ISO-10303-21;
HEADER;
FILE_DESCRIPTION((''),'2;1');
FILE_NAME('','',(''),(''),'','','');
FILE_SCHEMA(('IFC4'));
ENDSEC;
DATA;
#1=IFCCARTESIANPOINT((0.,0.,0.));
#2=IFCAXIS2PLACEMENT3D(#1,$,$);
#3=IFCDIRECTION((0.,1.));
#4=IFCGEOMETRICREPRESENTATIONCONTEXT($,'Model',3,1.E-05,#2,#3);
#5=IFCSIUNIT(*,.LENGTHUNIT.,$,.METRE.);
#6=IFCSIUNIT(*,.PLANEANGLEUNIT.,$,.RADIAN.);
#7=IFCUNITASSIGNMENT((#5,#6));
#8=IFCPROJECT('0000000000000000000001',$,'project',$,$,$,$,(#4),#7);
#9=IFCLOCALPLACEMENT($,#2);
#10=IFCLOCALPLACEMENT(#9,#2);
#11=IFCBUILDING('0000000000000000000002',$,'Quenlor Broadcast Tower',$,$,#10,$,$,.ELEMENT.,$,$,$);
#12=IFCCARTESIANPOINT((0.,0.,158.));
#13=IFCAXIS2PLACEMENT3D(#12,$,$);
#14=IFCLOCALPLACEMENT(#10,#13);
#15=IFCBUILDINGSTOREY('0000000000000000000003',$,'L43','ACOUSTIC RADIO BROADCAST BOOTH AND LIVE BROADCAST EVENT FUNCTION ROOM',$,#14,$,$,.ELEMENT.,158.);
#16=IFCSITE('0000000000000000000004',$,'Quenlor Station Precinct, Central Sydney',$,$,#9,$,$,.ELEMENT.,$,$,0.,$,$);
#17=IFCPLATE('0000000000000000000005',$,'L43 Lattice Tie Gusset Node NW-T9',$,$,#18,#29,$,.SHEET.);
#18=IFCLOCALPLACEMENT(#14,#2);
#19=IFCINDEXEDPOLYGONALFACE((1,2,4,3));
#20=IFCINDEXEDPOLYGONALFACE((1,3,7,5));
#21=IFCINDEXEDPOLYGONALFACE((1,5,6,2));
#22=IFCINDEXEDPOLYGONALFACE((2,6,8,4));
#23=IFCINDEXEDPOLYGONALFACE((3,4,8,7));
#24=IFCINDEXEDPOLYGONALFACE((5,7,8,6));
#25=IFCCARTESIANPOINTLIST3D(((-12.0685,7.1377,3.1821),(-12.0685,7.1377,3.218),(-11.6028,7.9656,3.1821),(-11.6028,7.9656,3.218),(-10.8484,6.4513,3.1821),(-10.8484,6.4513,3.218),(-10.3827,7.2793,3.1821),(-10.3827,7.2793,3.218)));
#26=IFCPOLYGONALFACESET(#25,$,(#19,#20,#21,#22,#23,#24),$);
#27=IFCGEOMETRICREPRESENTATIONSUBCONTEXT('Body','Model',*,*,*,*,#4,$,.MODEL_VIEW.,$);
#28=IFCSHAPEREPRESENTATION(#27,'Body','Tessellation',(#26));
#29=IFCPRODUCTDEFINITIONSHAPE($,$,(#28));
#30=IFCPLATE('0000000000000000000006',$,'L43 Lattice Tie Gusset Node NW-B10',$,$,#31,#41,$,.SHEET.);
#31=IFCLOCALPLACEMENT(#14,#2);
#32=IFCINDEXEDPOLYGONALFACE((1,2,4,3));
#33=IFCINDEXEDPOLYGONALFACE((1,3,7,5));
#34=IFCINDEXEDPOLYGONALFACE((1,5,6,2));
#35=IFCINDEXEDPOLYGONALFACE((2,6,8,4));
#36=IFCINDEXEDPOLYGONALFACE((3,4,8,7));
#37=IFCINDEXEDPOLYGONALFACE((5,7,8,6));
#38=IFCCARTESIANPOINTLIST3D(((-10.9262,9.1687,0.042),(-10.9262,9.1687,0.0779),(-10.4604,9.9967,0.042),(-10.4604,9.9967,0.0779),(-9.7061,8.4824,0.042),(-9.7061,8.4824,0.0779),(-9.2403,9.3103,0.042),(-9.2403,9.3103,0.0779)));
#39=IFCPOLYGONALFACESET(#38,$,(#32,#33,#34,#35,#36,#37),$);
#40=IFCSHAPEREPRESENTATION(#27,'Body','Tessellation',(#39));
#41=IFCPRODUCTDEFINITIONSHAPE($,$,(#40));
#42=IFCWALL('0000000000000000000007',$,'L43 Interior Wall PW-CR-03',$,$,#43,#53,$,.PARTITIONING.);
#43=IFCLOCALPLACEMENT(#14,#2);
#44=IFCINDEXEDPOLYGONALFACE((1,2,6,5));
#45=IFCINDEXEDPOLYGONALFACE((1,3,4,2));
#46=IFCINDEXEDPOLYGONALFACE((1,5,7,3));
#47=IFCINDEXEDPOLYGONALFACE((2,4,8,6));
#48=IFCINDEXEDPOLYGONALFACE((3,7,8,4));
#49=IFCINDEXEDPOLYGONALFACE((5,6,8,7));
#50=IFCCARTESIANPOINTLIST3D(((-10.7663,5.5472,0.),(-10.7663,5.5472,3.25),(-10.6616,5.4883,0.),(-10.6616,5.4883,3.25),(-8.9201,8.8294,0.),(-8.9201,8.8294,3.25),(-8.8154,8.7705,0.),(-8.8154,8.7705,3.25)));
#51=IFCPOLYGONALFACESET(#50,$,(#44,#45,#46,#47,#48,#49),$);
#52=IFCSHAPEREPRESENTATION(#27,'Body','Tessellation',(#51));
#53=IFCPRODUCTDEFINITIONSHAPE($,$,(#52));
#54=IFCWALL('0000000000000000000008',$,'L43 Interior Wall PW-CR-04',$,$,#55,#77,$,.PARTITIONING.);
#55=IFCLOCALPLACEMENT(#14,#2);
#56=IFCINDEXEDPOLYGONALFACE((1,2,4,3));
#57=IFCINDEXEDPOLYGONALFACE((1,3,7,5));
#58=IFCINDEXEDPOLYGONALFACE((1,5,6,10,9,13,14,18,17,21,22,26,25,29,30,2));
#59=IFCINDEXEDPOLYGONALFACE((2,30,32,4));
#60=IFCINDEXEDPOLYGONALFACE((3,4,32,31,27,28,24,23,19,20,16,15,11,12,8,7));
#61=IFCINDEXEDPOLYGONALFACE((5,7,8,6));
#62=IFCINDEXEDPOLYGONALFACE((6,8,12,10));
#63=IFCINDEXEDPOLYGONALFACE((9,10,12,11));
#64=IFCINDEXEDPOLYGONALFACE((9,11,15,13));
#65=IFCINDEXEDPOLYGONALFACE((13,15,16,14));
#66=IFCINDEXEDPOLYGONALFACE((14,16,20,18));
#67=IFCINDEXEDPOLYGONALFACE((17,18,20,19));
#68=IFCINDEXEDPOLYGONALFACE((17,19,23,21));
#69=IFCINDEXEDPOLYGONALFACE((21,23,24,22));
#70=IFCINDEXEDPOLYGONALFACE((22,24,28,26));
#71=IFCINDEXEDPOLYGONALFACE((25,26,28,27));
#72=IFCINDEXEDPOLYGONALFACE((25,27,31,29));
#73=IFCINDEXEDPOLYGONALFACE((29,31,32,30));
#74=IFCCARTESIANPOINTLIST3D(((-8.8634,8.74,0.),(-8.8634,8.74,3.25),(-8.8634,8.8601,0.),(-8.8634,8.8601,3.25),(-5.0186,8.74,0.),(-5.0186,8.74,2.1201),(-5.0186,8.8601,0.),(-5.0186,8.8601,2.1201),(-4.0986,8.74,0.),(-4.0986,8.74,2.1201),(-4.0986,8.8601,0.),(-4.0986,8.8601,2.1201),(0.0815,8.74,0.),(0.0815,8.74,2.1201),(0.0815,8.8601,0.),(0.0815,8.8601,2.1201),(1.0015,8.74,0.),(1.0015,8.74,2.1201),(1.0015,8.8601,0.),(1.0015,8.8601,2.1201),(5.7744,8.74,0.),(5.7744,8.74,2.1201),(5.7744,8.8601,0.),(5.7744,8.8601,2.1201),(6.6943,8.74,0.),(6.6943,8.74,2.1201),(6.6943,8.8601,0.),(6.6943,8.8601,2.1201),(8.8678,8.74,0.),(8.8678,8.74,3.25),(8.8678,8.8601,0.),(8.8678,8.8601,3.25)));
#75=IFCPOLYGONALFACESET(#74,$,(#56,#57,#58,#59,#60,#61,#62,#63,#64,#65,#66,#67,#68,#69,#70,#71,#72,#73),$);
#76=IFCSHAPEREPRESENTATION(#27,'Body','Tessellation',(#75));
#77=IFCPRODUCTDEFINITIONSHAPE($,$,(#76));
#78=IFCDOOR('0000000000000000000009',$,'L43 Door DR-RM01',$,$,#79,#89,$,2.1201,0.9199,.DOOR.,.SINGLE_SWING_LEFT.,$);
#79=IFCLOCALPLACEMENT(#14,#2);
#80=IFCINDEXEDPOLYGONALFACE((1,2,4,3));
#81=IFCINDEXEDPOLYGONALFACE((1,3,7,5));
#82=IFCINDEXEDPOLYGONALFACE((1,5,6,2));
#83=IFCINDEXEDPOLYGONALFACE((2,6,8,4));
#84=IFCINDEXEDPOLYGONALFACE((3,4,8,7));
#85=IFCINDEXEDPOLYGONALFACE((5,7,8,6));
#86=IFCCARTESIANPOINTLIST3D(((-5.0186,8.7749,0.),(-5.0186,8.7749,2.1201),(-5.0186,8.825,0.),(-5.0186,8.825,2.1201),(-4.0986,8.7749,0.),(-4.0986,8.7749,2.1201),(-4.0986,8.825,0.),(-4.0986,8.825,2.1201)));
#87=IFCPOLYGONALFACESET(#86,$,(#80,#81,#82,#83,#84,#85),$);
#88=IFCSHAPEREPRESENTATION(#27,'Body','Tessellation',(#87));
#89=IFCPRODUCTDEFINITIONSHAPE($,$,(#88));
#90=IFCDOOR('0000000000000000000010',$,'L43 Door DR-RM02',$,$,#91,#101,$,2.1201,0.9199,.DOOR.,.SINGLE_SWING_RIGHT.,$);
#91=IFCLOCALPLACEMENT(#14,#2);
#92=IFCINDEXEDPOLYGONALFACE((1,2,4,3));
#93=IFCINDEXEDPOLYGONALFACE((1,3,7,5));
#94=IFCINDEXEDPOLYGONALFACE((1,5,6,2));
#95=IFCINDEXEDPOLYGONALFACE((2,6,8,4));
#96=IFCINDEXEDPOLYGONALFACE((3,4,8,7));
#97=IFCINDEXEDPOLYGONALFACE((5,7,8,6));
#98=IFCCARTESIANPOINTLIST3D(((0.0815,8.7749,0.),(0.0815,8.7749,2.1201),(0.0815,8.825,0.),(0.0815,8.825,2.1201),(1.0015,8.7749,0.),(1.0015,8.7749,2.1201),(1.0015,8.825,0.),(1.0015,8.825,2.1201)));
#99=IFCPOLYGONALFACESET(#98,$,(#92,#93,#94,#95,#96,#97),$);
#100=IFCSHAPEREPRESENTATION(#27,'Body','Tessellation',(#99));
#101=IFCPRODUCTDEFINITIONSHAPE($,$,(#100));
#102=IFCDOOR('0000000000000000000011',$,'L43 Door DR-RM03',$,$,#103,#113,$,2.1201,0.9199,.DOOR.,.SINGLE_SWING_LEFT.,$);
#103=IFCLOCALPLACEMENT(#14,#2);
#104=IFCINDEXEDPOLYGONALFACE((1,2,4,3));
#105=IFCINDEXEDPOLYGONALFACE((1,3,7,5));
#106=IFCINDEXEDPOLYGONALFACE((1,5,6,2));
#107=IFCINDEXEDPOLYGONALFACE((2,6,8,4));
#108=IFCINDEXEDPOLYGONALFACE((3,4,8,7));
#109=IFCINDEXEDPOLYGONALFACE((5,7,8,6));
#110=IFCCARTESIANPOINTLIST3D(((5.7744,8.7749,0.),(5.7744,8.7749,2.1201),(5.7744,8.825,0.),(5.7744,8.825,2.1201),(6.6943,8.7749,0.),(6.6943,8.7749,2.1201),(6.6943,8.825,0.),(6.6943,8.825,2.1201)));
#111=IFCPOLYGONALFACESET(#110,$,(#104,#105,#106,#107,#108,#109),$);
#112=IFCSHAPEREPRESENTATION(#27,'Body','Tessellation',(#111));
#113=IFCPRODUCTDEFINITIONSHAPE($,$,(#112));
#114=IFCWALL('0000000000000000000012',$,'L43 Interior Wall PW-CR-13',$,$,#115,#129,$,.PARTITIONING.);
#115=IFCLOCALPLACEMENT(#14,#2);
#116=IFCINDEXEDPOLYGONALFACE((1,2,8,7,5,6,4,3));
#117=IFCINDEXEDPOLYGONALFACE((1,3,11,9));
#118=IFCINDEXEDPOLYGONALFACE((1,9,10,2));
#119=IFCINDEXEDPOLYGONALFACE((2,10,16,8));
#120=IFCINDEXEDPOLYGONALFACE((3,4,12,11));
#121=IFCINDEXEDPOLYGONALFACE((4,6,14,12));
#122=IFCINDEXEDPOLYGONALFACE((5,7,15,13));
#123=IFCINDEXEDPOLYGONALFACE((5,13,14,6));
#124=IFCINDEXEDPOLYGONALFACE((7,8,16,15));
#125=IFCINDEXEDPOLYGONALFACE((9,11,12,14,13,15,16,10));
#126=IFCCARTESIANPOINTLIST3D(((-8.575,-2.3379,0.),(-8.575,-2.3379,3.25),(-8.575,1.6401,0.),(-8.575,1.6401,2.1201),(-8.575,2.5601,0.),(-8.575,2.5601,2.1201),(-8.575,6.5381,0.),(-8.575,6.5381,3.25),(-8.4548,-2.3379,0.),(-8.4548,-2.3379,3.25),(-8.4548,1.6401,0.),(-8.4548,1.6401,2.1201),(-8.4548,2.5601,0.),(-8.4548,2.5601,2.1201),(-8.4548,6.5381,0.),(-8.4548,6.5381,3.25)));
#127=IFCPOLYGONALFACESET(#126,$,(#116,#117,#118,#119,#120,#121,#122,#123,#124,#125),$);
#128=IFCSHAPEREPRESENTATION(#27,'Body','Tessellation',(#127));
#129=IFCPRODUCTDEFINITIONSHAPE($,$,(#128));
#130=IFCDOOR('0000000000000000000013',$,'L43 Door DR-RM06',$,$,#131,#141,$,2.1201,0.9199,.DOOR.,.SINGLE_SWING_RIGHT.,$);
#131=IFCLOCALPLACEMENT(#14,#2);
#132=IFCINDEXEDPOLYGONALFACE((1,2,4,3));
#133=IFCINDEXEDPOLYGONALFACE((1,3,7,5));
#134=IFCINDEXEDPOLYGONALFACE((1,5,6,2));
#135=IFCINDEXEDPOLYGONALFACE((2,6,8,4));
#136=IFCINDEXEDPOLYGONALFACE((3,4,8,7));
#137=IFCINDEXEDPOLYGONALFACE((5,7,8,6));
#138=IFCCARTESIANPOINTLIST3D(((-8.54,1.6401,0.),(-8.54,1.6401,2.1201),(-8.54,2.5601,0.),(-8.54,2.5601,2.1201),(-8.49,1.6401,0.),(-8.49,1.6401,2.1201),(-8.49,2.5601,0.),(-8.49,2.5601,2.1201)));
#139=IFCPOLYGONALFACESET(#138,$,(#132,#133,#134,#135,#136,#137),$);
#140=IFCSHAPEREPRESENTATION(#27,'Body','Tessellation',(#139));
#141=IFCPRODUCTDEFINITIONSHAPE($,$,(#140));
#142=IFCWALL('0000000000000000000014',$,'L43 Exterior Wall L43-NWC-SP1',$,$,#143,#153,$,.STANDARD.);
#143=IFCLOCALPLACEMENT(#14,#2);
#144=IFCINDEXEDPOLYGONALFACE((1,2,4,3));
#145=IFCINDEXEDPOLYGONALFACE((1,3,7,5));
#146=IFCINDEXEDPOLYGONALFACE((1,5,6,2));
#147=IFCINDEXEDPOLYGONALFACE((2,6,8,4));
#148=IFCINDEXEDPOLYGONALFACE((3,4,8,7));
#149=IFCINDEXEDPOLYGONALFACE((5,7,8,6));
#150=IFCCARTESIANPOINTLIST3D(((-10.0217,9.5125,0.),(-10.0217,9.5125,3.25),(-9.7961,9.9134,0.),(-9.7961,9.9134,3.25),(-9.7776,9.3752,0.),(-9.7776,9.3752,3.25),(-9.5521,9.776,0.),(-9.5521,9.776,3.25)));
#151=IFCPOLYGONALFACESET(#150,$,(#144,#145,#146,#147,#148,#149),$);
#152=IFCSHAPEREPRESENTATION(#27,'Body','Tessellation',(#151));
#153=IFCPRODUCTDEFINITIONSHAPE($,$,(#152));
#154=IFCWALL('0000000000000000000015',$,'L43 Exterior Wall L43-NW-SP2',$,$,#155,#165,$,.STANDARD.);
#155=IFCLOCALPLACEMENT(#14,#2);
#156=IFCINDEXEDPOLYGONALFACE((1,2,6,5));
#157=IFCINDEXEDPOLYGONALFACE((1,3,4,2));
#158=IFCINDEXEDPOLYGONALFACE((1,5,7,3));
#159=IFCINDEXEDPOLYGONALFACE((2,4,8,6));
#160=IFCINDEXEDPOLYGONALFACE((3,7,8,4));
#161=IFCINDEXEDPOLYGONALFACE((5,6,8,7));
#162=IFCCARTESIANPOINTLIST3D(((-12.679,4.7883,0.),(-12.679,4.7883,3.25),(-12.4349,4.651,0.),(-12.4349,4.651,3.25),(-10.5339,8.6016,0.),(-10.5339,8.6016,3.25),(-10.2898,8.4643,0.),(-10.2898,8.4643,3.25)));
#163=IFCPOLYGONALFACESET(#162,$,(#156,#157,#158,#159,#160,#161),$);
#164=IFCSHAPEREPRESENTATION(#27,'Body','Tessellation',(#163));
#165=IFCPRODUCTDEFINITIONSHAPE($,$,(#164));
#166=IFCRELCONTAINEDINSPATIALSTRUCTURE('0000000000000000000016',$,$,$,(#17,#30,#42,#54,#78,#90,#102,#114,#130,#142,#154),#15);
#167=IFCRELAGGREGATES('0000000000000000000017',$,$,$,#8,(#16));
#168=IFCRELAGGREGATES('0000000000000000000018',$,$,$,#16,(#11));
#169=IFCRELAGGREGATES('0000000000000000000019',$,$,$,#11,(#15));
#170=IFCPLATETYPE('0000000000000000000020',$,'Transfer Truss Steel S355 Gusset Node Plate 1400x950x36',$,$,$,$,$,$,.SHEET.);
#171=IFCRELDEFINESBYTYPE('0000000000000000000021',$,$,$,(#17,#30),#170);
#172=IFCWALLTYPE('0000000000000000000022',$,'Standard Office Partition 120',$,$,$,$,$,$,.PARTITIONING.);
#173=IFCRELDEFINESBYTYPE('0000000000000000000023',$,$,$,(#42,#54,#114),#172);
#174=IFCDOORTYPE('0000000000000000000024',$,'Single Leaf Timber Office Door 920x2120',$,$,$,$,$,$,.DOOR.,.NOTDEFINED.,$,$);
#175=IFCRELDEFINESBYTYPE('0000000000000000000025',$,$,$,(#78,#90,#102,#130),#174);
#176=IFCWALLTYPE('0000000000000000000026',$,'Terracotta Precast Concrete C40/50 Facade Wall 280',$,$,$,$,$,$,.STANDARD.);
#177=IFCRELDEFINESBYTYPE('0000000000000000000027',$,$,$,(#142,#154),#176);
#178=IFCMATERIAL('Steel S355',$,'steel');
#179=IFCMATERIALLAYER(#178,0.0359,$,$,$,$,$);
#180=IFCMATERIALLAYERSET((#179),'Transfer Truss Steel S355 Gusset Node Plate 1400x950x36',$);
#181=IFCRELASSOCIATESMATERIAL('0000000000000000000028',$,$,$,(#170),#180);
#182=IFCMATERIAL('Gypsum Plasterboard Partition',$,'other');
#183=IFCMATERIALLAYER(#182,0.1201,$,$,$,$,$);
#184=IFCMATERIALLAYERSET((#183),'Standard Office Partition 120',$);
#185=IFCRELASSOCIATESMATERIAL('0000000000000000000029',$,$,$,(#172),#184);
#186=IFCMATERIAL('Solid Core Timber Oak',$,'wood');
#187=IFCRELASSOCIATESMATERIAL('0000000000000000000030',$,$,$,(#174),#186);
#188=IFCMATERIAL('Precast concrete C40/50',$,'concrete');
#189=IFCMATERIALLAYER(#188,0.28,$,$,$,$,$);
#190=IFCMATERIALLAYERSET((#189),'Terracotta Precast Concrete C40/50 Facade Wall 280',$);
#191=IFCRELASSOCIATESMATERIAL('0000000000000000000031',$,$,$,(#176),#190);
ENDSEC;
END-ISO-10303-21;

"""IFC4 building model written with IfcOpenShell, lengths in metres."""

from ifc_helpers import new_model, si_unit, direction, frame, frame_2d, origin, origin_2d, place, context, subcontext, project, spatial, rectangle, extrude, material, layer, layer_set, type_object, element, fill, save


model = new_model("IFC4")

# Units and contexts
model_context = context("Model", 3, precision=1e-05, world=origin(), true_north=direction((0.0, 1.0)))
body_context = subcontext(model_context, "Body", "Model", "MODEL_VIEW")
ifc_project = project(units=[si_unit("LENGTHUNIT", "METRE"), si_unit("PLANEANGLEUNIT", "RADIAN")], contexts=[model_context])

# Site, building, storey
site_placement = place(None, origin())
site = spatial("IfcSite", under=ifc_project, at=site_placement, Name="Quenlor Station Precinct, Central Sydney", CompositionType="ELEMENT", RefElevation=0.0)
building_placement = place(site_placement, origin())
building = spatial("IfcBuilding", under=site, at=building_placement, Name="Quenlor Broadcast Tower", CompositionType="ELEMENT")
storey_placement = place(building_placement, frame((0.0, 0.0, 158.0)))
storey = spatial("IfcBuildingStorey", under=building, at=storey_placement, Name="L43", Description="ACOUSTIC RADIO BROADCAST BOOTH AND LIVE BROADCAST EVENT FUNCTION ROOM", CompositionType="ELEMENT", Elevation=158.0)

# Plates
ifc_material_1 = material(Name="Steel S355", Category="steel")
ifc_layer_1 = layer(ifc_material_1, 0.0359)
ifc_layer_set_1 = layer_set([ifc_layer_1], Name="Transfer Truss Steel S355 Gusset Node Plate 1400x950x36")
plate_type_1 = type_object("IfcPlateType", Name="Transfer Truss Steel S355 Gusset Node Plate 1400x950x36", PredefinedType="SHEET", material=ifc_layer_set_1)
for number, where, z_axis, x_axis, name in (
    (1, (-11.2256, 7.2085, 3.1821), (0.0, 0.0, 1.0), (-0.871556, 0.490295, 0.0), "L43 Lattice Tie Gusset Node NW-T9"),
    (2, (-10.0833, 9.2395, 0.042), (0.0, 0.0, 1.0), (-0.871556, 0.490295, 0.0), "L43 Lattice Tie Gusset Node NW-B10"),
):
    element("IfcPlate", number, at=place(storey_placement, frame(where, z_axis=z_axis, x_axis=x_axis)), inside=storey, type_object=plate_type_1, Name=name, PredefinedType="SHEET", context=body_context, shape_type="SweptSolid", body=[
        extrude(rectangle(XDim=1.3999, YDim=0.95, at=origin_2d()), origin(), (0.0, 0.0, 1.0), 0.0359),
    ])

# Wall
ifc_material_2 = material(Name="Gypsum Plasterboard Partition", Category="other")
ifc_layer_2 = layer(ifc_material_2, 0.1201)
ifc_layer_set_2 = layer_set([ifc_layer_2], Name="Standard Office Partition 120")
wall_type_1 = type_object("IfcWallType", Name="Standard Office Partition 120", PredefinedType="PARTITIONING", material=ifc_layer_set_2)
wall_1_placement = place(storey_placement, frame((-10.7139, 5.5178, 0.0), z_axis=(0.0, 0.0, 1.0), x_axis=(0.490249, 0.871582, 0.0)))
element("IfcWall", 3, at=wall_1_placement, inside=storey, type_object=wall_type_1, Name="L43 Interior Wall PW-CR-03", PredefinedType="PARTITIONING", context=body_context, shape_type="SweptSolid", body=[
    extrude(rectangle(XDim=3.7659, YDim=0.1201, at=frame_2d((1.8828, 0.0))), origin(), (0.0, 0.0, 1.0), 3.25),
])

# Wall, openings, doors
wall_2_placement = place(storey_placement, frame((-8.8635, 8.8, 0.0), z_axis=(0.0, 0.0, 1.0), x_axis=(1.0, 0.0, 0.0)))
wall_2 = element("IfcWall", 4, at=wall_2_placement, inside=storey, type_object=wall_type_1, Name="L43 Interior Wall PW-CR-04", PredefinedType="PARTITIONING", context=body_context, shape_type="SweptSolid", body=[
    extrude(rectangle(XDim=17.7312, YDim=0.1201, at=frame_2d((8.8657, 0.0))), origin(), (0.0, 0.0, 1.0), 3.25),
])
opening_1_placement = place(wall_2_placement, frame((3.845, 0.0, 0.0)))
opening_1 = element("IfcOpeningElement", 5, at=opening_1_placement, cuts=wall_2, PredefinedType="OPENING", context=body_context, shape_type="SweptSolid", body=[
    extrude(rectangle(XDim=0.9199, YDim=2.1201, at=frame_2d((0.46, 1.0601))), frame((0.0, 0.0701, 0.0), z_axis=(0.0, -1.0, 0.0), x_axis=(1.0, 0.0, 0.0)), (0.0, 0.0, 1.0), 0.1401),
])
opening_2_placement = place(wall_2_placement, frame((8.9451, 0.0, 0.0)))
opening_2 = element("IfcOpeningElement", 6, at=opening_2_placement, cuts=wall_2, PredefinedType="OPENING", context=body_context, shape_type="SweptSolid", body=[
    extrude(rectangle(XDim=0.9199, YDim=2.1201, at=frame_2d((0.46, 1.0601))), frame((0.0, 0.0701, 0.0), z_axis=(0.0, -1.0, 0.0), x_axis=(1.0, 0.0, 0.0)), (0.0, 0.0, 1.0), 0.1401),
])
opening_3_placement = place(wall_2_placement, frame((14.6379, 0.0, 0.0)))
opening_3 = element("IfcOpeningElement", 7, at=opening_3_placement, cuts=wall_2, PredefinedType="OPENING", context=body_context, shape_type="SweptSolid", body=[
    extrude(rectangle(XDim=0.9199, YDim=2.1201, at=frame_2d((0.46, 1.0601))), frame((0.0, 0.0701, 0.0), z_axis=(0.0, -1.0, 0.0), x_axis=(1.0, 0.0, 0.0)), (0.0, 0.0, 1.0), 0.1401),
])
ifc_material_3 = material(Name="Solid Core Timber Oak", Category="wood")
door_type = type_object("IfcDoorType", Name="Single Leaf Timber Office Door 920x2120", OperationType="NOTDEFINED", PredefinedType="DOOR", material=ifc_material_3)
door_1_placement = place(opening_1_placement, origin())
door_1 = element("IfcDoor", 8, at=door_1_placement, inside=storey, type_object=door_type, Name="L43 Door DR-RM01", OperationType="SINGLE_SWING_LEFT", OverallHeight=2.1201, OverallWidth=0.9199, PredefinedType="DOOR", context=body_context, shape_type="SweptSolid", body=[
    extrude(rectangle(XDim=0.9199, YDim=2.1201, at=frame_2d((0.46, 1.0601))), frame((0.0, 0.0249, 0.0), z_axis=(0.0, -1.0, 0.0), x_axis=(1.0, 0.0, 0.0)), (0.0, 0.0, 1.0), 0.05),
])
fill(opening_1, door_1)
door_2_placement = place(opening_2_placement, origin())
door_2 = element("IfcDoor", 9, at=door_2_placement, inside=storey, type_object=door_type, Name="L43 Door DR-RM02", OperationType="SINGLE_SWING_RIGHT", OverallHeight=2.1201, OverallWidth=0.9199, PredefinedType="DOOR", context=body_context, shape_type="SweptSolid", body=[
    extrude(rectangle(XDim=0.9199, YDim=2.1201, at=frame_2d((0.46, 1.0601))), frame((0.0, 0.0249, 0.0), z_axis=(0.0, -1.0, 0.0), x_axis=(1.0, 0.0, 0.0)), (0.0, 0.0, 1.0), 0.05),
])
fill(opening_2, door_2)
door_3_placement = place(opening_3_placement, origin())
door_3 = element("IfcDoor", 10, at=door_3_placement, inside=storey, type_object=door_type, Name="L43 Door DR-RM03", OperationType="SINGLE_SWING_LEFT", OverallHeight=2.1201, OverallWidth=0.9199, PredefinedType="DOOR", context=body_context, shape_type="SweptSolid", body=[
    extrude(rectangle(XDim=0.9199, YDim=2.1201, at=frame_2d((0.46, 1.0601))), frame((0.0, 0.0249, 0.0), z_axis=(0.0, -1.0, 0.0), x_axis=(1.0, 0.0, 0.0)), (0.0, 0.0, 1.0), 0.05),
])
fill(opening_3, door_3)

# Wall, opening, door
wall_3_placement = place(storey_placement, frame((-8.5149, 6.5381, 0.0), z_axis=(0.0, 0.0, 1.0), x_axis=(0.0, -1.0, 0.0)))
wall_3 = element("IfcWall", 11, at=wall_3_placement, inside=storey, type_object=wall_type_1, Name="L43 Interior Wall PW-CR-13", PredefinedType="PARTITIONING", context=body_context, shape_type="SweptSolid", body=[
    extrude(rectangle(XDim=8.876, YDim=0.1201, at=frame_2d((4.438, 0.0))), origin(), (0.0, 0.0, 1.0), 3.25),
])
opening_4_placement = place(wall_3_placement, frame((3.978, 0.0, 0.0)))
opening_4 = element("IfcOpeningElement", 12, at=opening_4_placement, cuts=wall_3, PredefinedType="OPENING", context=body_context, shape_type="SweptSolid", body=[
    extrude(rectangle(XDim=0.9199, YDim=2.1201, at=frame_2d((0.46, 1.0601))), frame((0.0, 0.0701, 0.0), z_axis=(0.0, -1.0, 0.0), x_axis=(1.0, 0.0, 0.0)), (0.0, 0.0, 1.0), 0.1401),
])
door_4_placement = place(opening_4_placement, origin())
door_4 = element("IfcDoor", 13, at=door_4_placement, inside=storey, type_object=door_type, Name="L43 Door DR-RM06", OperationType="SINGLE_SWING_RIGHT", OverallHeight=2.1201, OverallWidth=0.9199, PredefinedType="DOOR", context=body_context, shape_type="SweptSolid", body=[
    extrude(rectangle(XDim=0.9199, YDim=2.1201, at=frame_2d((0.46, 1.0601))), frame((0.0, 0.0249, 0.0), z_axis=(0.0, -1.0, 0.0), x_axis=(1.0, 0.0, 0.0)), (0.0, 0.0, 1.0), 0.05),
])
fill(opening_4, door_4)

# Walls
ifc_material_4 = material(Name="Precast concrete C40/50", Category="concrete")
ifc_layer_3 = layer(ifc_material_4, 0.28)
ifc_layer_set_3 = layer_set([ifc_layer_3], Name="Terracotta Precast Concrete C40/50 Facade Wall 280")
wall_type_2 = type_object("IfcWallType", Name="Terracotta Precast Concrete C40/50 Facade Wall 280", PredefinedType="STANDARD", material=ifc_layer_set_3)
wall_4_placement = place(storey_placement, frame((-9.8997, 9.4438, 0.0), z_axis=(0.0, 0.0, 1.0), x_axis=(0.490412, 0.87149, 0.0)))
element("IfcWall", 14, at=wall_4_placement, inside=storey, type_object=wall_type_2, Name="L43 Exterior Wall L43-NWC-SP1", PredefinedType="STANDARD", context=body_context, shape_type="SweptSolid", body=[
    extrude(rectangle(XDim=0.46, YDim=0.28, at=frame_2d((0.23, 0.0))), origin(), (0.0, 0.0, 1.0), 3.25),
])
wall_5_placement = place(storey_placement, frame((-12.5569, 4.7197, 0.0), z_axis=(0.0, 0.0, 1.0), x_axis=(0.490274, 0.871568, 0.0)))
element("IfcWall", 15, at=wall_5_placement, inside=storey, type_object=wall_type_2, Name="L43 Exterior Wall L43-NW-SP2", PredefinedType="STANDARD", context=body_context, shape_type="SweptSolid", body=[
    extrude(rectangle(XDim=4.3752, YDim=0.28, at=frame_2d((2.1875, 0.0))), origin(), (0.0, 0.0, 1.0), 3.25),
])

save(model, "model.ifc")
